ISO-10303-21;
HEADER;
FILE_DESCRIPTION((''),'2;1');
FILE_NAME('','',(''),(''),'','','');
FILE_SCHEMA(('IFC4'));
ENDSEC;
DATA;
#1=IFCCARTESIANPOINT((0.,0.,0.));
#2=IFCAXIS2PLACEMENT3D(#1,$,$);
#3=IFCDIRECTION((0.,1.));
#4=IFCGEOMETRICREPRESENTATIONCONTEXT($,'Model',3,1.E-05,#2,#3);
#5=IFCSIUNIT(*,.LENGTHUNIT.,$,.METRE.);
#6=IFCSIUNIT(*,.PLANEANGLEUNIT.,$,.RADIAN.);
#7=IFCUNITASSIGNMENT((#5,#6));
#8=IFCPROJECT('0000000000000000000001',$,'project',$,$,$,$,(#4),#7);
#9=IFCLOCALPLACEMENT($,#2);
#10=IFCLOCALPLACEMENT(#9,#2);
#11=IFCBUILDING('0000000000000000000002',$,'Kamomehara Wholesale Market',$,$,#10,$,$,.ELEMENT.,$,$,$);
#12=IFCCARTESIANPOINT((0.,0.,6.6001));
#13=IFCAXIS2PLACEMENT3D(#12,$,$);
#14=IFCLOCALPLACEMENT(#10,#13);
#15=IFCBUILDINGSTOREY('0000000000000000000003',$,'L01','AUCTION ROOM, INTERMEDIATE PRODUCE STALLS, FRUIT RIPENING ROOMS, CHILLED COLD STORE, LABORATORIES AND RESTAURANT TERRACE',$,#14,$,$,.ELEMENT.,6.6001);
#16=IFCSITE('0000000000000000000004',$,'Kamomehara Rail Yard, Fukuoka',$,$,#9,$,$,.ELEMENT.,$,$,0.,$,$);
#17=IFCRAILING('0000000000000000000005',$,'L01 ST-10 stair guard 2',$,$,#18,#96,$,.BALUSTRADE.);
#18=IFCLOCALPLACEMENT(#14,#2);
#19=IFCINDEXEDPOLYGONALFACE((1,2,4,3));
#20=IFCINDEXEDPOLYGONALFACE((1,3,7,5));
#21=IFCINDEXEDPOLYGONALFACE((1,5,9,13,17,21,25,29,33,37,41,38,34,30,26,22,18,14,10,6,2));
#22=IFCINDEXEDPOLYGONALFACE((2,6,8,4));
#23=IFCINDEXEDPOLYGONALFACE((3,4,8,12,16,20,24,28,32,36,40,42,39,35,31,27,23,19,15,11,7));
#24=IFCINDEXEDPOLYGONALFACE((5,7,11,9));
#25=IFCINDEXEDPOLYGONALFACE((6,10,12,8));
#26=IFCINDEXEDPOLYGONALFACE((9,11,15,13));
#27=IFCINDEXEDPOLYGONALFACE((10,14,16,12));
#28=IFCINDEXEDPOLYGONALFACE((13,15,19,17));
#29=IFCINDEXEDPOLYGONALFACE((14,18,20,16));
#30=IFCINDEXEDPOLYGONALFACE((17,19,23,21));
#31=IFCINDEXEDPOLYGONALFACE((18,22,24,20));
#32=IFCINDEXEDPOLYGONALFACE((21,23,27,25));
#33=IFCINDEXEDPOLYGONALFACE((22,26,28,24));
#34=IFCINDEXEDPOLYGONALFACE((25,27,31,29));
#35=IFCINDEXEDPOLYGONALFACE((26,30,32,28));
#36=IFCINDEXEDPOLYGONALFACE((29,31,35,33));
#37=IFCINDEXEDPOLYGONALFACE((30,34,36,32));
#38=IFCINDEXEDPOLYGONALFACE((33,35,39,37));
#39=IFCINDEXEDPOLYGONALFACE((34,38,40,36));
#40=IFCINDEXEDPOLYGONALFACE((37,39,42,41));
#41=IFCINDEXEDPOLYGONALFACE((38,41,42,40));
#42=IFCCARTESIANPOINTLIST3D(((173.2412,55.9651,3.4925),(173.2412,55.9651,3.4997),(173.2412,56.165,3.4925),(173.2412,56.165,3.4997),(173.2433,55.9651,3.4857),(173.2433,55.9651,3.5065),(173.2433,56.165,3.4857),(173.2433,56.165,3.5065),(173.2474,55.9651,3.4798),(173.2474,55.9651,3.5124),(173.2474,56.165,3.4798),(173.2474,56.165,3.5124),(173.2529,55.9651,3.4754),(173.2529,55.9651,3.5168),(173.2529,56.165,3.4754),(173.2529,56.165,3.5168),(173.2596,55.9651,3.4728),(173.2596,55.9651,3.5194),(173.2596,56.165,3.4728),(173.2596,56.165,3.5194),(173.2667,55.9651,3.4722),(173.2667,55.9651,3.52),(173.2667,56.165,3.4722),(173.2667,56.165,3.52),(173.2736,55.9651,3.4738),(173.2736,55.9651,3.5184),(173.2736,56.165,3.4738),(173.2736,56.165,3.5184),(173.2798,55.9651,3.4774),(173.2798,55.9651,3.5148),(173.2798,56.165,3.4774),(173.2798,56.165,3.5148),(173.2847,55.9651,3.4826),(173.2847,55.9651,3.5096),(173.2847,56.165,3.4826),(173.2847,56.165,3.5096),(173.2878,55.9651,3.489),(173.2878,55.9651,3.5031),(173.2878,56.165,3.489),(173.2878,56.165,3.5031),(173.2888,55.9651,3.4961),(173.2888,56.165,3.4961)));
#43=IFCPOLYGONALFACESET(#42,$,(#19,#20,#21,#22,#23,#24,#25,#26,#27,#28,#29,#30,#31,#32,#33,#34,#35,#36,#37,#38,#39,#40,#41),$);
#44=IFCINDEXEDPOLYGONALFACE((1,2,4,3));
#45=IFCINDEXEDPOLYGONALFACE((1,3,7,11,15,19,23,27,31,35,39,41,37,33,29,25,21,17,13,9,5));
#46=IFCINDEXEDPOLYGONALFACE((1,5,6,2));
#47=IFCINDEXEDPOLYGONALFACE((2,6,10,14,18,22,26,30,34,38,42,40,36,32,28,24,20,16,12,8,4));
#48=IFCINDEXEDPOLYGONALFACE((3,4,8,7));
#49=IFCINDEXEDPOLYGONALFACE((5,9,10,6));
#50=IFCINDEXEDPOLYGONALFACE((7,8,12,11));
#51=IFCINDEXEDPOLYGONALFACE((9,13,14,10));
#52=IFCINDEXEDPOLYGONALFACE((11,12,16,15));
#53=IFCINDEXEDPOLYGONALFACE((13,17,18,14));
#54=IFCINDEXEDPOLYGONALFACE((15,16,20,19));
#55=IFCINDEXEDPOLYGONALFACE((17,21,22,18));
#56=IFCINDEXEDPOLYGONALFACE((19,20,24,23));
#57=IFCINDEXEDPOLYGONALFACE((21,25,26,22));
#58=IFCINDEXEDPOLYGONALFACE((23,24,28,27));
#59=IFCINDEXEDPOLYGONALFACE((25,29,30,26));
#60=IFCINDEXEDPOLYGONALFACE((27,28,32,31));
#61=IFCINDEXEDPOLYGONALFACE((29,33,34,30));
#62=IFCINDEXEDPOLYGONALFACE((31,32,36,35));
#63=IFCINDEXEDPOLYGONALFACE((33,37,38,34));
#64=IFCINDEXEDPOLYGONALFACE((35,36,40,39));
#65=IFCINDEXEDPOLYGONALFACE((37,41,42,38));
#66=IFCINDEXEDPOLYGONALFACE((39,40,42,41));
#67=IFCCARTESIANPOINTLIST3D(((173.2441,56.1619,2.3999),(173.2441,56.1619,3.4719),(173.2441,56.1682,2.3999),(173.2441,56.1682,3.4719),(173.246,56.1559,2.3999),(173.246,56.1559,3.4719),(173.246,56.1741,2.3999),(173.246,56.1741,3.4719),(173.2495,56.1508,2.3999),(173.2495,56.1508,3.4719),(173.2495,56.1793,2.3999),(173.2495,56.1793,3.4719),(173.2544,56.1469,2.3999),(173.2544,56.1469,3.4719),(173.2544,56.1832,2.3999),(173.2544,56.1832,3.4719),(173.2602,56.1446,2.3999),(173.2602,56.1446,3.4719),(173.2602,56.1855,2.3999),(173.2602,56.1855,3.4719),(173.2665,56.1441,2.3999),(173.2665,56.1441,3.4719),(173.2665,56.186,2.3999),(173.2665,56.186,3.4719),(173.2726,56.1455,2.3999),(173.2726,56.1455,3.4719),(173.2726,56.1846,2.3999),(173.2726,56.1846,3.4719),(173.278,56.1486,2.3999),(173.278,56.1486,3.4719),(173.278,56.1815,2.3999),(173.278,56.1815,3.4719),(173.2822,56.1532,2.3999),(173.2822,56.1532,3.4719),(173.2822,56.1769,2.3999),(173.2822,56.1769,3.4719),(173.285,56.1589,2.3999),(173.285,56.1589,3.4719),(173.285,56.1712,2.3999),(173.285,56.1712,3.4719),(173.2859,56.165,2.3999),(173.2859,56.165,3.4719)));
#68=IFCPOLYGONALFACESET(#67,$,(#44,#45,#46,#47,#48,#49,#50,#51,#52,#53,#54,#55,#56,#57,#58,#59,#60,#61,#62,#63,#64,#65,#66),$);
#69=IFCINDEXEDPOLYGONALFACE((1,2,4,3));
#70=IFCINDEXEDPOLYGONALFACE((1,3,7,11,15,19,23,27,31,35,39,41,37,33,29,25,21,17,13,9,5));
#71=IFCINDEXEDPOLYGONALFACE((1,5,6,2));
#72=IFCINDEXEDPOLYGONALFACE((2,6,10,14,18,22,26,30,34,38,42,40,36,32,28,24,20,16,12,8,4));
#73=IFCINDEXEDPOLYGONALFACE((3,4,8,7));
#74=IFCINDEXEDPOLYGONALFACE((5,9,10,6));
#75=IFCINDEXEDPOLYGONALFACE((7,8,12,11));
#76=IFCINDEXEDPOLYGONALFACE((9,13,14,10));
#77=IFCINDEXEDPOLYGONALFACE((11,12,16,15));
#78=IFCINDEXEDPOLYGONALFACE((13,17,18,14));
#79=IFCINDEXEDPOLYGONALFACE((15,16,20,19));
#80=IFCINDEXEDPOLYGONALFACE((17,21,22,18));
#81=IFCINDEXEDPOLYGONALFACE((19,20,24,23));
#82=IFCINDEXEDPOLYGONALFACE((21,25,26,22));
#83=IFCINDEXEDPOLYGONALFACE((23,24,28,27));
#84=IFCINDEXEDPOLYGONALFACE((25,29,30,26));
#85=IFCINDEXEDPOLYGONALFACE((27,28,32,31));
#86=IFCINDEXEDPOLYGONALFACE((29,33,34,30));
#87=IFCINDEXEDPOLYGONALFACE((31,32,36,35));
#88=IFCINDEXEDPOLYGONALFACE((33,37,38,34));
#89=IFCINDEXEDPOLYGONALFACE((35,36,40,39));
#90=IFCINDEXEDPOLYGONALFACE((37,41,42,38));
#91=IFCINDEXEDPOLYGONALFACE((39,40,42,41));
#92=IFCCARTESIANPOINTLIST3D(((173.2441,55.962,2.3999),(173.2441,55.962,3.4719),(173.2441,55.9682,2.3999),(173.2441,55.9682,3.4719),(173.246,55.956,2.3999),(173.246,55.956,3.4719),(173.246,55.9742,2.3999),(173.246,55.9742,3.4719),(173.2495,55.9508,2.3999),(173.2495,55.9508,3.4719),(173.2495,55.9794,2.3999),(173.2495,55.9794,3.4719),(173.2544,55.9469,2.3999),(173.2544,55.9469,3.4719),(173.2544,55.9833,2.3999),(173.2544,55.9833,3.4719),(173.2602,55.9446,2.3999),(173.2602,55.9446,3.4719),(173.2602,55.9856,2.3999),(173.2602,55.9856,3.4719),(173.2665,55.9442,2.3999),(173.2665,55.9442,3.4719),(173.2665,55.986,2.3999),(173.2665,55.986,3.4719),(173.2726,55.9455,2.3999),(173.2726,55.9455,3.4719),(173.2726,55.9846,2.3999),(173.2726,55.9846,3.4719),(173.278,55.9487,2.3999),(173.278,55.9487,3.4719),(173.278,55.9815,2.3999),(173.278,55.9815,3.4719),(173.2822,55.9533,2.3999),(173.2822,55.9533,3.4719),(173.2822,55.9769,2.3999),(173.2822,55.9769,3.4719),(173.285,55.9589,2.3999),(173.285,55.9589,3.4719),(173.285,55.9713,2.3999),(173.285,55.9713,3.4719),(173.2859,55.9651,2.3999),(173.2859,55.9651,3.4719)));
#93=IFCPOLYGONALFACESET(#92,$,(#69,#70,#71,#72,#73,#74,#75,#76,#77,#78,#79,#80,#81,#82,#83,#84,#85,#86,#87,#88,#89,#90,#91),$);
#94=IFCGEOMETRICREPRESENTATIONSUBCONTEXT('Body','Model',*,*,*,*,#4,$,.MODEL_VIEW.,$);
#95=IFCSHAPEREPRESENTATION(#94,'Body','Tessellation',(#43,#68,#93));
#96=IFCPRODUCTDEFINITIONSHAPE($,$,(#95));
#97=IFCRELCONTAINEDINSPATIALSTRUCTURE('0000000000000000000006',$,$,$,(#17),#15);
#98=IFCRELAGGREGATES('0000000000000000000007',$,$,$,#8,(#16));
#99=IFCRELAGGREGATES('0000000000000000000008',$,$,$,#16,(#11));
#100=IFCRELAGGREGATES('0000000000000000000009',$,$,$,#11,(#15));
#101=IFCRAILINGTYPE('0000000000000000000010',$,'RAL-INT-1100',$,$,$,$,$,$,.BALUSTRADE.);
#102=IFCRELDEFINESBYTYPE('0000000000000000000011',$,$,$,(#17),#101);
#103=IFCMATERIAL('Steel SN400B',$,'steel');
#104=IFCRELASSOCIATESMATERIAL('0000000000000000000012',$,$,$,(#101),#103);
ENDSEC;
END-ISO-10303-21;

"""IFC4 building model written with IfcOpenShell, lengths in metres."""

from ifc_helpers import new_model, si_unit, direction, frame, origin, origin_2d, place, context, subcontext, project, spatial, circle, extrude, material, type_object, element, save


model = new_model("IFC4")

# Units and contexts
model_context = context("Model", 3, precision=1e-05, world=origin(), true_north=direction((0.0, 1.0)))
body_context = subcontext(model_context, "Body", "Model", "MODEL_VIEW")
ifc_project = project(units=[si_unit("LENGTHUNIT", "METRE"), si_unit("PLANEANGLEUNIT", "RADIAN")], contexts=[model_context])

# Site, building, storey
site_placement = place(None, origin())
site = spatial("IfcSite", under=ifc_project, at=site_placement, Name="Kamomehara Rail Yard, Fukuoka", CompositionType="ELEMENT", RefElevation=0.0)
building_placement = place(site_placement, origin())
building = spatial("IfcBuilding", under=site, at=building_placement, Name="Kamomehara Wholesale Market", CompositionType="ELEMENT")
storey_placement = place(building_placement, frame((0.0, 0.0, 6.6001)))
storey = spatial("IfcBuildingStorey", under=building, at=storey_placement, Name="L01", Description="AUCTION ROOM, INTERMEDIATE PRODUCE STALLS, FRUIT RIPENING ROOMS, CHILLED COLD STORE, LABORATORIES AND RESTAURANT TERRACE", CompositionType="ELEMENT", Elevation=6.6001)

# Railing
ifc_material_1 = material(Name="Steel SN400B", Category="steel")
railing_type_1 = type_object("IfcRailingType", Name="RAL-INT-1100", PredefinedType="BALUSTRADE", material=ifc_material_1)
railing_1_placement = place(storey_placement, frame((173.2649, 56.165, 2.3999)))
element("IfcRailing", 1, at=railing_1_placement, inside=storey, type_object=railing_type_1, Name="L01 ST-10 stair guard 2", PredefinedType="BALUSTRADE", context=body_context, shape_type="SweptSolid", body=[
    extrude(circle(Radius=0.0239, at=origin_2d()), frame((0.0, 0.0, 1.0962), z_axis=(0.0, -1.0, 0.0), x_axis=(1.0, 0.0, 0.0)), (0.0, 0.0, 1.0), 0.2),
    extrude(circle(Radius=0.021, at=origin_2d()), origin(), (0.0, 0.0, 1.0), 1.072),
    extrude(circle(Radius=0.021, at=origin_2d()), frame((0.0, -0.2, 0.0)), (0.0, 0.0, 1.0), 1.072),
])

save(model, "model.ifc")
